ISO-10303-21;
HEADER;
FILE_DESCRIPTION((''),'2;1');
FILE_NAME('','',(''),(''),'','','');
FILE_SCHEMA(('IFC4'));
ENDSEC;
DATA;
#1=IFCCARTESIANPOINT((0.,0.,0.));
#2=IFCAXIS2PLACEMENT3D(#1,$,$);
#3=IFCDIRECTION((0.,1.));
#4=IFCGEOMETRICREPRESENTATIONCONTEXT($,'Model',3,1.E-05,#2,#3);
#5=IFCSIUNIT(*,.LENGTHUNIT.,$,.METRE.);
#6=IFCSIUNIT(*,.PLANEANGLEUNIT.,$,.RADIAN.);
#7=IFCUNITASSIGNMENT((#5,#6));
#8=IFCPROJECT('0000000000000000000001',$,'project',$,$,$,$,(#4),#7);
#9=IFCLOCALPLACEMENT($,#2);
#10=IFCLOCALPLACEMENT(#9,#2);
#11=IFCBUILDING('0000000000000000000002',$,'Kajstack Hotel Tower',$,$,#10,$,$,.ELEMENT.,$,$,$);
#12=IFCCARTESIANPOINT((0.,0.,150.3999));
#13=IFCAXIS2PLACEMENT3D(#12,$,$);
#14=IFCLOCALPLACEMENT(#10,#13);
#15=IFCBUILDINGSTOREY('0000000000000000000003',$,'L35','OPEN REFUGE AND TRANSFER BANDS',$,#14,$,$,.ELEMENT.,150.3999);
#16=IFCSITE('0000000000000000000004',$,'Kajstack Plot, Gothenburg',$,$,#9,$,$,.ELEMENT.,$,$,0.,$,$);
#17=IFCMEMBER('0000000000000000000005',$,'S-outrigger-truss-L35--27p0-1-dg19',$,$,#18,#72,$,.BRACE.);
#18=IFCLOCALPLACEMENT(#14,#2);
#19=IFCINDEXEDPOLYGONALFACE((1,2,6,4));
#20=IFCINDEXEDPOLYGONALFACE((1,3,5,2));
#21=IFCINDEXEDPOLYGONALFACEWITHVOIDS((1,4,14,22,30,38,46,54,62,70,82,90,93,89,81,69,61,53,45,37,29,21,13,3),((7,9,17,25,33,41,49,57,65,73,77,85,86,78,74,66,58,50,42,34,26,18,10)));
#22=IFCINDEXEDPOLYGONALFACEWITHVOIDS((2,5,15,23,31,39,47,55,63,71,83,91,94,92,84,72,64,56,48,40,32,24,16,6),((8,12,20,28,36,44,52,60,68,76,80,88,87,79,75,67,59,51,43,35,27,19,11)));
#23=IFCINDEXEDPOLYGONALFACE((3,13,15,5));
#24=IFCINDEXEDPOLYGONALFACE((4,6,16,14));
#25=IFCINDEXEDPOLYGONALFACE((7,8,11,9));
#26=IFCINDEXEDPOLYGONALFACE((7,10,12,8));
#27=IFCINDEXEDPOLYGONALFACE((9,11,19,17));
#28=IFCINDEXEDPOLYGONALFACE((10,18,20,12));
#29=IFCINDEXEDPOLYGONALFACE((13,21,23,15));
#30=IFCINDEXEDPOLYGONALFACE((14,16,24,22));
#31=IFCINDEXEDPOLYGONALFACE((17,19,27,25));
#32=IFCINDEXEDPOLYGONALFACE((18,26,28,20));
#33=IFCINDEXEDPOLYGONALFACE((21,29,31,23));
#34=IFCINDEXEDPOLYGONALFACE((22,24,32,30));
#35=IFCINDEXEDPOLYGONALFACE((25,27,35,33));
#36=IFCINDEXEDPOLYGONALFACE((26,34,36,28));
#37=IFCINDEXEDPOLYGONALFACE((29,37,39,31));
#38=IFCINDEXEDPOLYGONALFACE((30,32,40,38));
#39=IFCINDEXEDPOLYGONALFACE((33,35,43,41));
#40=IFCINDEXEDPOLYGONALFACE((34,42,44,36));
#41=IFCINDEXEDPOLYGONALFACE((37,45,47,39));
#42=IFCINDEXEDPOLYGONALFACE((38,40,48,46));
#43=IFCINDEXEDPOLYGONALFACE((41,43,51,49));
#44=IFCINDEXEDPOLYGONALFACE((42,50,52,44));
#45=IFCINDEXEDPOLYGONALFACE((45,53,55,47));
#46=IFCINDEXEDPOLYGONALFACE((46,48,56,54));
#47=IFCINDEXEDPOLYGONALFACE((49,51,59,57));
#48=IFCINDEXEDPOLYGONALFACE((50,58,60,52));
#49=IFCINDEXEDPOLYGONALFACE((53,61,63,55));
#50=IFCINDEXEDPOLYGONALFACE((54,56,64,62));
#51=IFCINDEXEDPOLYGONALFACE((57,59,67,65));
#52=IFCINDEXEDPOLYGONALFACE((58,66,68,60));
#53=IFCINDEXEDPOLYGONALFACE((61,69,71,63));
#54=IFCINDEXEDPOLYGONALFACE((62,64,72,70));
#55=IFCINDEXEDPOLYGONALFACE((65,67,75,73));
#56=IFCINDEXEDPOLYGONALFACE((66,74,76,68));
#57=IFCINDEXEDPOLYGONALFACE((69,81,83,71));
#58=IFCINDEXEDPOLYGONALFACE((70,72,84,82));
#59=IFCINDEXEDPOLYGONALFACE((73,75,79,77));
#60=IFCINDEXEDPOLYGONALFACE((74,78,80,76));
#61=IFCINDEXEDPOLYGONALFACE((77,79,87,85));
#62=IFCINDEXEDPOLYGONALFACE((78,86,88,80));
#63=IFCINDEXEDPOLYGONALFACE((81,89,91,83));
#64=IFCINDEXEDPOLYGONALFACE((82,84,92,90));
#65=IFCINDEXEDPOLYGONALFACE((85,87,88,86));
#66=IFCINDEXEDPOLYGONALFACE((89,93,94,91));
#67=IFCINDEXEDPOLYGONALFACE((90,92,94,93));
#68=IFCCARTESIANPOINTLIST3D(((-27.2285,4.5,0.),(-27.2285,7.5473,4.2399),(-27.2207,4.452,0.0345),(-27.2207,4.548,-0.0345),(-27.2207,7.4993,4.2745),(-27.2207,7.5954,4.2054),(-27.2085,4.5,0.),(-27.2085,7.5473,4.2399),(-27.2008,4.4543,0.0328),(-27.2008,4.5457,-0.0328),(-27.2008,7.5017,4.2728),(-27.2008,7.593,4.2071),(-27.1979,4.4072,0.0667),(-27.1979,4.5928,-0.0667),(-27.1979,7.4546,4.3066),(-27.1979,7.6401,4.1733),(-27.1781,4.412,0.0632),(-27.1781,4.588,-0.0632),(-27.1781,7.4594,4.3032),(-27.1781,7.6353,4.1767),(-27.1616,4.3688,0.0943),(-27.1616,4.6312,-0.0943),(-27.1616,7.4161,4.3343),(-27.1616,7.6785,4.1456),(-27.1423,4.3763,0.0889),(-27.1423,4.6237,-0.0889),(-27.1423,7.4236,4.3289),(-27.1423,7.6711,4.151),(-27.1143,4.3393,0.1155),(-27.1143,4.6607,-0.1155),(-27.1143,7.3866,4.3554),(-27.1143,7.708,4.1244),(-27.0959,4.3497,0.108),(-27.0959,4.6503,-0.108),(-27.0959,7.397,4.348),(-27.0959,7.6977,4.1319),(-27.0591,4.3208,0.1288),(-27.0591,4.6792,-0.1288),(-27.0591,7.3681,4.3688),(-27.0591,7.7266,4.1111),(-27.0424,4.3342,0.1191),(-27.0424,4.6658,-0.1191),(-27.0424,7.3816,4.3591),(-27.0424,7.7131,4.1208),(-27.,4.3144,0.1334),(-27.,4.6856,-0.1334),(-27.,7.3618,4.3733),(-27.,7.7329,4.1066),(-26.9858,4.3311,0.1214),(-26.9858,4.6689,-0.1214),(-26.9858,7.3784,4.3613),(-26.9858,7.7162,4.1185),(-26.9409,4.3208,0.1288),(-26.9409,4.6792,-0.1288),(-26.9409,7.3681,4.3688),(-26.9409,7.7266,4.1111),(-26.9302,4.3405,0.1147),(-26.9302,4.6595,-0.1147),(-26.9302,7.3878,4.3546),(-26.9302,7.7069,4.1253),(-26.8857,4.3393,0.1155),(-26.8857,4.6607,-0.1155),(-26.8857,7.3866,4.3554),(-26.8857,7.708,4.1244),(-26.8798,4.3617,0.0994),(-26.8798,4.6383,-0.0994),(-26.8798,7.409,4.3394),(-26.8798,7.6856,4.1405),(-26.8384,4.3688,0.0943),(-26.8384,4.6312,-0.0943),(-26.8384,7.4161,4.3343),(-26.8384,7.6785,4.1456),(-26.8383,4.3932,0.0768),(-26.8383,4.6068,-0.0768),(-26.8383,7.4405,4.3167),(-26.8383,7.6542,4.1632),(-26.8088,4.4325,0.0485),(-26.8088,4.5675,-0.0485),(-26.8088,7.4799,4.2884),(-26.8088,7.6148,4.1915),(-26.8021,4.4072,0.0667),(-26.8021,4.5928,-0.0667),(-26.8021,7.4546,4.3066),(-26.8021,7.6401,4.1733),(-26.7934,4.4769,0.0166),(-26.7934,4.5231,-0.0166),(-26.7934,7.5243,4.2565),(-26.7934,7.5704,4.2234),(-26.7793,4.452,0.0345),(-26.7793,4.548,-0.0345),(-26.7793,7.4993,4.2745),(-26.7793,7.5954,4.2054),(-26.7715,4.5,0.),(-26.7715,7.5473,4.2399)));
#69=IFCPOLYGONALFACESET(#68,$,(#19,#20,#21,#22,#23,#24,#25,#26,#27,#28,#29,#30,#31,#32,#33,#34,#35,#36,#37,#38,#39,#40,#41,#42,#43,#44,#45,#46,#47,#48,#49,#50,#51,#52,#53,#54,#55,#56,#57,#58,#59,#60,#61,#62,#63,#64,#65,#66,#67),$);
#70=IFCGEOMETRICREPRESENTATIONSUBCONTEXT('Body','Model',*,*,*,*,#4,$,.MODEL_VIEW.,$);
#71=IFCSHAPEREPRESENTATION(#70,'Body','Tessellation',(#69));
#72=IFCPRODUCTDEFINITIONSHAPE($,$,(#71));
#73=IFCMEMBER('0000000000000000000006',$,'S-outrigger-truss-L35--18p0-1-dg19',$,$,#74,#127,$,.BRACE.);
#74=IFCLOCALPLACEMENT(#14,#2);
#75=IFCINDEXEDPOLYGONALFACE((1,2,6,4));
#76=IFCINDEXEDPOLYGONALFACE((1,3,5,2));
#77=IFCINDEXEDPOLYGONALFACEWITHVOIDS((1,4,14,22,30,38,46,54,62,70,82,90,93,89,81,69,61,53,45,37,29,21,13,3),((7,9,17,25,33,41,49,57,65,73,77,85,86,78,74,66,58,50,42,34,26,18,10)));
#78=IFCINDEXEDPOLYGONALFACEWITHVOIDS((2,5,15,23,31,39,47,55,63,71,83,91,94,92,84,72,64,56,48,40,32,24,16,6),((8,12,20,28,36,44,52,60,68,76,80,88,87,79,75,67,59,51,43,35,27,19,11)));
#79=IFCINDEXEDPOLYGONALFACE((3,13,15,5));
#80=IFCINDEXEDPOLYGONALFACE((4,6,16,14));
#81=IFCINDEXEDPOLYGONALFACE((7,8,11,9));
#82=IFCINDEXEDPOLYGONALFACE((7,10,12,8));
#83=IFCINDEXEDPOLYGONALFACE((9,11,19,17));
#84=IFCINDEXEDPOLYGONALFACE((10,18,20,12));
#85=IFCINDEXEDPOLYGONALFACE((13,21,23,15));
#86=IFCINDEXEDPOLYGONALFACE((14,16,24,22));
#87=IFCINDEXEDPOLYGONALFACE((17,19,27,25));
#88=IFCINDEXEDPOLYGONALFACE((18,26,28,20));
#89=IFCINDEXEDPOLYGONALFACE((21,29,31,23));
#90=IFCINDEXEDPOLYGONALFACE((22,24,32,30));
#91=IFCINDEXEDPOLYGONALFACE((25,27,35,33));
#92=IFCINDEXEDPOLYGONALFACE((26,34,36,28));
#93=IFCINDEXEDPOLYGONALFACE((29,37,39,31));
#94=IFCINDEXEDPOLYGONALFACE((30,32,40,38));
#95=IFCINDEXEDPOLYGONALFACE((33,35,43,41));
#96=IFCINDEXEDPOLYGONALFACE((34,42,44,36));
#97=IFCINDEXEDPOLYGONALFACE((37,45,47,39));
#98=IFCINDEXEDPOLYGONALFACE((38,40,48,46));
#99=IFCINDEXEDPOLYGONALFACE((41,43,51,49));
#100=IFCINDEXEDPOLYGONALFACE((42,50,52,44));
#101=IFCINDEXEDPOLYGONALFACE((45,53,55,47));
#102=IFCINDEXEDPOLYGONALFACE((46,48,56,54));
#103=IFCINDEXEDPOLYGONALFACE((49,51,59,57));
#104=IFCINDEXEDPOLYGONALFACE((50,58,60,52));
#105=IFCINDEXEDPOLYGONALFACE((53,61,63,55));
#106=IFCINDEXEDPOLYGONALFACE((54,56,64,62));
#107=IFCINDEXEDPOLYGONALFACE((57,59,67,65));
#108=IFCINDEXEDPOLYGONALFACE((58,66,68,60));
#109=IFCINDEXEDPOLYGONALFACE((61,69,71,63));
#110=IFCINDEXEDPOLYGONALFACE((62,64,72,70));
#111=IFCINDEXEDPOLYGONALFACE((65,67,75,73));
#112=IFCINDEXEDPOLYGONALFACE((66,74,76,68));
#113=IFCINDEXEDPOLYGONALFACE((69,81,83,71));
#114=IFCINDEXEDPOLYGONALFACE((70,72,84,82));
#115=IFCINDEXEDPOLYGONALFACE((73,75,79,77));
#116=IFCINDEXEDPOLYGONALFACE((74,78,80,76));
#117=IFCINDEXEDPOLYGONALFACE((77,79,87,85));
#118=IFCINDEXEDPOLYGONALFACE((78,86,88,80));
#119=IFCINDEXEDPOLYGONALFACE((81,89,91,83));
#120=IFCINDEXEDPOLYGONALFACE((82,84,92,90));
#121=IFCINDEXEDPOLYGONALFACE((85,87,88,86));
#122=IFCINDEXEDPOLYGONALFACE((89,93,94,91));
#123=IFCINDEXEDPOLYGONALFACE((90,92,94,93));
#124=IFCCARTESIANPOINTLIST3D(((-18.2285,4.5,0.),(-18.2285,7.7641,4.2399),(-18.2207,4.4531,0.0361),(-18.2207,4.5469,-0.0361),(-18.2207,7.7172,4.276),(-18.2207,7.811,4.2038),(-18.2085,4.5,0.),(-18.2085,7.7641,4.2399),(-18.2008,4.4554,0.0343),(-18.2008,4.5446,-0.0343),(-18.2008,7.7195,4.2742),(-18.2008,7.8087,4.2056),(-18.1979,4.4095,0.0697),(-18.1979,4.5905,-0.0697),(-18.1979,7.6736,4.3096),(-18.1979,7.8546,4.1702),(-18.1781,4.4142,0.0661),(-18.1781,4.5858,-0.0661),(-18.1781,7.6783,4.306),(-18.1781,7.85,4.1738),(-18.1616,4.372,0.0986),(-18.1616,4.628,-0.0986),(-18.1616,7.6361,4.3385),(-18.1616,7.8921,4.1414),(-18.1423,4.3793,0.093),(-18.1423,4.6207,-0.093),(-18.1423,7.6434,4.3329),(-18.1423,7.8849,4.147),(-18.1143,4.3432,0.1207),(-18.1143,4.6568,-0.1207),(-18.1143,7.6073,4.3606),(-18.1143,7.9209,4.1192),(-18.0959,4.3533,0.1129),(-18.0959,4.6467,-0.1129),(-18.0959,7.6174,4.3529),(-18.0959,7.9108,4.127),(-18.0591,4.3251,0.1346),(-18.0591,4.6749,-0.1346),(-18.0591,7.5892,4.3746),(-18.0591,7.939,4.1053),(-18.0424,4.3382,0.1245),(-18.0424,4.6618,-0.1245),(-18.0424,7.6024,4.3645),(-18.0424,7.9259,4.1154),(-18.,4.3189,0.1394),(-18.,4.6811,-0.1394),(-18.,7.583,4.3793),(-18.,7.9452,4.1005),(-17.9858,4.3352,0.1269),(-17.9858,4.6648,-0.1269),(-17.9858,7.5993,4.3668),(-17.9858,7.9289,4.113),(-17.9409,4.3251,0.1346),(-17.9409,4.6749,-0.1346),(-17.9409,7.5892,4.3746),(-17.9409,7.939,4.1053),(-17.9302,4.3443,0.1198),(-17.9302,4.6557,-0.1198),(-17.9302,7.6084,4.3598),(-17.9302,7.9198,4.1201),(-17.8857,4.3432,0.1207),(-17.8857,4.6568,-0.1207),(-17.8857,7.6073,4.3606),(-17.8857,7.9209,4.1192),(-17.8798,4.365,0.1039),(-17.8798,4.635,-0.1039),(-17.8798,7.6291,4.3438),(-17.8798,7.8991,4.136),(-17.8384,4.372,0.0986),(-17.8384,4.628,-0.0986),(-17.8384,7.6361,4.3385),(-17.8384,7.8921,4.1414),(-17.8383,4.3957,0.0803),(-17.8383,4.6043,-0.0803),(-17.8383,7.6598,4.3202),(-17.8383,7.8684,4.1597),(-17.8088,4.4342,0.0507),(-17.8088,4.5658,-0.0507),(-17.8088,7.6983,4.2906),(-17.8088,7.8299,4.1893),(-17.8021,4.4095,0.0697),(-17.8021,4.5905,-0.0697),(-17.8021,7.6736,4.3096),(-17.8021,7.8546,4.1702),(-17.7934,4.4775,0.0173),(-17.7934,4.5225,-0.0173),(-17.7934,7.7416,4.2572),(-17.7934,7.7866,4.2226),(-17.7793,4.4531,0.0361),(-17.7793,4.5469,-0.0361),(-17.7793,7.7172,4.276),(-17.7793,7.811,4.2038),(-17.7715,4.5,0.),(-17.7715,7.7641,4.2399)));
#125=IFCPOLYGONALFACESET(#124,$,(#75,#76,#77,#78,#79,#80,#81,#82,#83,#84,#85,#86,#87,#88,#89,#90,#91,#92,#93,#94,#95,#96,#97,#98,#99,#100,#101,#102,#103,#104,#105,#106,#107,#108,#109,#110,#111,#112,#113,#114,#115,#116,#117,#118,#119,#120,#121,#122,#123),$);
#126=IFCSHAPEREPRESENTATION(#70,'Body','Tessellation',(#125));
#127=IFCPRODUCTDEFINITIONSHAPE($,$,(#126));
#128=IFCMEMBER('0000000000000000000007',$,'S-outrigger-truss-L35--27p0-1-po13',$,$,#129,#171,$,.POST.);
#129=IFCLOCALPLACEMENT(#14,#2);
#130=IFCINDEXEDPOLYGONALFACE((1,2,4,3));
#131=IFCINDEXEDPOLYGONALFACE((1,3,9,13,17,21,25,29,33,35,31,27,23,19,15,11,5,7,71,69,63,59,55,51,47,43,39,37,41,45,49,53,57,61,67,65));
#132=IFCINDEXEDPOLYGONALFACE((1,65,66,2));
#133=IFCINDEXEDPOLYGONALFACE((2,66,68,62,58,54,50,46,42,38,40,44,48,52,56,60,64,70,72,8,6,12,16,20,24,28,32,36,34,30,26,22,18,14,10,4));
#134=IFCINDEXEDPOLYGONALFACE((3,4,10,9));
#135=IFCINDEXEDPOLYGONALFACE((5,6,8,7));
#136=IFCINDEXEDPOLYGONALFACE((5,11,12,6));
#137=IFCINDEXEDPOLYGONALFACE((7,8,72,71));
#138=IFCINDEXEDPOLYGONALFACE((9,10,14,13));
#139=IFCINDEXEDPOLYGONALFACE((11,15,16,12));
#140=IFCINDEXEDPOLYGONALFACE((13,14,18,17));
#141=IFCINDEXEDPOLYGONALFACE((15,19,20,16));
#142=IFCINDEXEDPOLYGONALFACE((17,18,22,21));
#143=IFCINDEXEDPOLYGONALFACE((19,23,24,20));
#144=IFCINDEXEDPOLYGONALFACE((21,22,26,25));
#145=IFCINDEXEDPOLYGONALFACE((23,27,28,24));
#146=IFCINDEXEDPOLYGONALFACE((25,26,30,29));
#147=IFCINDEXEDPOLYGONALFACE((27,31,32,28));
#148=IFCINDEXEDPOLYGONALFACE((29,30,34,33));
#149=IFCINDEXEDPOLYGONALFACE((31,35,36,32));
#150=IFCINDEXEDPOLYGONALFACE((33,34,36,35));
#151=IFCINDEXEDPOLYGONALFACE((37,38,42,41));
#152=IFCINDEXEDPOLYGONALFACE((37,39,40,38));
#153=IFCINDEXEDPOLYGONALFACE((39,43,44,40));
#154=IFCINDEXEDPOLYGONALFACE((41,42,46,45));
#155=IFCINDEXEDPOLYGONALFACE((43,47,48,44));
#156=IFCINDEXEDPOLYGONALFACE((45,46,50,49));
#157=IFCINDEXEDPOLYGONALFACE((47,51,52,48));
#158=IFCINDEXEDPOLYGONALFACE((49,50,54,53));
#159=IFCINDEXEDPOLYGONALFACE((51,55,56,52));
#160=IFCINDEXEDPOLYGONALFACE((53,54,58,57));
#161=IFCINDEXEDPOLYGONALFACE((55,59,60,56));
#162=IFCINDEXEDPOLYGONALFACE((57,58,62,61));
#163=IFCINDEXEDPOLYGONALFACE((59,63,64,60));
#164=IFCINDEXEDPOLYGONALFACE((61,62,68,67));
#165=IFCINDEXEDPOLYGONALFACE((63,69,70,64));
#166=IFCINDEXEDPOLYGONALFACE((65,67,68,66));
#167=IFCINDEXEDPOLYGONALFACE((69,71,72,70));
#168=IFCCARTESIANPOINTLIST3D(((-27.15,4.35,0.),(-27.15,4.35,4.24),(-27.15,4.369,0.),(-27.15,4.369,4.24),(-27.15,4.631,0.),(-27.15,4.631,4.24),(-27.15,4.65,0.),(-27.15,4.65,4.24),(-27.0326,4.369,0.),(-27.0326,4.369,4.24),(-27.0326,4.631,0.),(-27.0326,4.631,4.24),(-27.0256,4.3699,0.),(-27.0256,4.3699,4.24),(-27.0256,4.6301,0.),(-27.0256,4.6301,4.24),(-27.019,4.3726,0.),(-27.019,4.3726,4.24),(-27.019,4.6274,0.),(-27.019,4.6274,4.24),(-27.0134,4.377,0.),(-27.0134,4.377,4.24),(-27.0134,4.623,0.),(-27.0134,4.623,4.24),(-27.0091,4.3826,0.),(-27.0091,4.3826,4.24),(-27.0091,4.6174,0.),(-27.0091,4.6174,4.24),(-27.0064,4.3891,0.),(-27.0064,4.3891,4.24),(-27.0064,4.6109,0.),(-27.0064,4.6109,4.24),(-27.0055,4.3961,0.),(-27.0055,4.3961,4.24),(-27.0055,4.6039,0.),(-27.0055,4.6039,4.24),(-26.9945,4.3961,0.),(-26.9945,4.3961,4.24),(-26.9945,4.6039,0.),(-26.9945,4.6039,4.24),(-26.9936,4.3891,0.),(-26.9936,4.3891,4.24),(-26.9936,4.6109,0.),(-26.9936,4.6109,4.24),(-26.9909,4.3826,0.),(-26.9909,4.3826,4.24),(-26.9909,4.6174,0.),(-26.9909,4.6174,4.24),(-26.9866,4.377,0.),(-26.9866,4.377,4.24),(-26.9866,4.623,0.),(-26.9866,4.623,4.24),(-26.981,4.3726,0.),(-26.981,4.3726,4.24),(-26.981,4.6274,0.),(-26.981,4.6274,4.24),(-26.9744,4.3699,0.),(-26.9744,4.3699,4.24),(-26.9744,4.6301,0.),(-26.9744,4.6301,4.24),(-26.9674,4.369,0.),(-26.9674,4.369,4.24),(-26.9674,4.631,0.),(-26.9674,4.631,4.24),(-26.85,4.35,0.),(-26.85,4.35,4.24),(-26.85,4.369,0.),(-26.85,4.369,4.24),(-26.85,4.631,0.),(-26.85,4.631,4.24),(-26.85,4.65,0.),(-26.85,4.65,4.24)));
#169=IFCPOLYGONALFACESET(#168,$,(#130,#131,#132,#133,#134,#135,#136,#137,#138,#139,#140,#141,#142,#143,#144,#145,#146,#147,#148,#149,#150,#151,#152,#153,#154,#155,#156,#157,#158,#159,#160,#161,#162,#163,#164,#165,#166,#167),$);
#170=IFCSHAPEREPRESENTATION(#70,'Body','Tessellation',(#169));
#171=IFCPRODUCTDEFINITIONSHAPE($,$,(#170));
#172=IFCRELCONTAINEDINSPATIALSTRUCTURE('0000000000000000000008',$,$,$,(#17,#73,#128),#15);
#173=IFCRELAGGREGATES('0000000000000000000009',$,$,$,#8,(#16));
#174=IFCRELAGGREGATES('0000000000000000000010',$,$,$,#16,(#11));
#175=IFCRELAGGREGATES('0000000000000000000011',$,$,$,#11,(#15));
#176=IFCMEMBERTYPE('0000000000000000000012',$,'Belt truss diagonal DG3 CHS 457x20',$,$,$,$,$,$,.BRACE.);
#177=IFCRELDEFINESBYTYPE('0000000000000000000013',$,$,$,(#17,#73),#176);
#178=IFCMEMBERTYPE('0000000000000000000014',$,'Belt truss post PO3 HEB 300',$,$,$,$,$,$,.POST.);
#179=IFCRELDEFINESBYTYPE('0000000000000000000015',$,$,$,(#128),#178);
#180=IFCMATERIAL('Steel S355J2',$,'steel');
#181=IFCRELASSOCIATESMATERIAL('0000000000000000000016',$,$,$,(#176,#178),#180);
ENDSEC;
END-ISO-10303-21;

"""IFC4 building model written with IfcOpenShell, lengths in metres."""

from ifc_helpers import new_model, si_unit, direction, frame, origin, origin_2d, place, context, subcontext, project, spatial, hollow_circle, i_section, extrude, material, material_profile, profile_set, type_object, element, save


model = new_model("IFC4")

# Units and contexts
model_context = context("Model", 3, precision=1e-05, world=origin(), true_north=direction((0.0, 1.0)))
body_context = subcontext(model_context, "Body", "Model", "MODEL_VIEW")
ifc_project = project(units=[si_unit("LENGTHUNIT", "METRE"), si_unit("PLANEANGLEUNIT", "RADIAN")], contexts=[model_context])

# Site, building, storey
site_placement = place(None, origin())
site = spatial("IfcSite", under=ifc_project, at=site_placement, Name="Kajstack Plot, Gothenburg", CompositionType="ELEMENT", RefElevation=0.0)
building_placement = place(site_placement, origin())
building = spatial("IfcBuilding", under=site, at=building_placement, Name="Kajstack Hotel Tower", CompositionType="ELEMENT")
storey_placement = place(building_placement, frame((0.0, 0.0, 150.3999)))
storey = spatial("IfcBuildingStorey", under=building, at=storey_placement, Name="L35", Description="OPEN REFUGE AND TRANSFER BANDS", CompositionType="ELEMENT", Elevation=150.3999)

# Members
ifc_material_1 = material(Name="Steel S355J2", Category="steel")
ifc_material_profile_1 = material_profile(ifc_material_1, hollow_circle(Radius=0.2285, WallThickness=0.02, at=origin_2d()), Name="CHS 457x20")
ifc_profile_set_1 = profile_set([ifc_material_profile_1], Name="Steel S355J2")
member_type_1 = type_object("IfcMemberType", Name="Belt truss diagonal DG3 CHS 457x20", PredefinedType="BRACE", material=ifc_profile_set_1)
member_1_placement = place(storey_placement, frame((-27.0, 4.5, 0.0), z_axis=(0.0, 0.58362, 0.812027), x_axis=(-1.0, 0.0, 0.0)))
element("IfcMember", 1, at=member_1_placement, inside=storey, type_object=member_type_1, Name="S-outrigger-truss-L35--27p0-1-dg19", PredefinedType="BRACE", context=body_context, shape_type="SweptSolid", body=[
    extrude(hollow_circle(Radius=0.2285, WallThickness=0.02, at=origin_2d()), origin(), (0.0, 0.0, 1.0), 5.2214),
])
member_2_placement = place(storey_placement, frame((-18.0, 4.5, 0.0), z_axis=(0.0, 0.610019, 0.792386), x_axis=(-1.0, 0.0, 0.0)))
element("IfcMember", 2, at=member_2_placement, inside=storey, type_object=member_type_1, Name="S-outrigger-truss-L35--18p0-1-dg19", PredefinedType="BRACE", context=body_context, shape_type="SweptSolid", body=[
    extrude(hollow_circle(Radius=0.2285, WallThickness=0.02, at=origin_2d()), origin(), (0.0, 0.0, 1.0), 5.3508),
])
ifc_material_profile_2 = material_profile(ifc_material_1, i_section(OverallWidth=0.3, OverallDepth=0.3, WebThickness=0.011, FlangeThickness=0.019, FilletRadius=0.0271, at=origin_2d()), Name="HEB 300")
ifc_profile_set_2 = profile_set([ifc_material_profile_2], Name="Steel S355J2")
member_type_2 = type_object("IfcMemberType", Name="Belt truss post PO3 HEB 300", PredefinedType="POST", material=ifc_profile_set_2)
for number, where, z_axis, x_axis, name in (
    (3, (-27.0, 4.5, 0.0), (0.0, 0.0, 1.0), (1.0, 0.0, 0.0), "S-outrigger-truss-L35--27p0-1-po13"),
):
    element("IfcMember", number, at=place(storey_placement, frame(where, z_axis=z_axis, x_axis=x_axis)), inside=storey, type_object=member_type_2, Name=name, PredefinedType="POST", context=body_context, shape_type="SweptSolid", body=[
        extrude(i_section(OverallWidth=0.3, OverallDepth=0.3, WebThickness=0.011, FlangeThickness=0.019, FilletRadius=0.0271, at=origin_2d()), origin(), (0.0, 0.0, 1.0), 4.24),
    ])

save(model, "model.ifc")
